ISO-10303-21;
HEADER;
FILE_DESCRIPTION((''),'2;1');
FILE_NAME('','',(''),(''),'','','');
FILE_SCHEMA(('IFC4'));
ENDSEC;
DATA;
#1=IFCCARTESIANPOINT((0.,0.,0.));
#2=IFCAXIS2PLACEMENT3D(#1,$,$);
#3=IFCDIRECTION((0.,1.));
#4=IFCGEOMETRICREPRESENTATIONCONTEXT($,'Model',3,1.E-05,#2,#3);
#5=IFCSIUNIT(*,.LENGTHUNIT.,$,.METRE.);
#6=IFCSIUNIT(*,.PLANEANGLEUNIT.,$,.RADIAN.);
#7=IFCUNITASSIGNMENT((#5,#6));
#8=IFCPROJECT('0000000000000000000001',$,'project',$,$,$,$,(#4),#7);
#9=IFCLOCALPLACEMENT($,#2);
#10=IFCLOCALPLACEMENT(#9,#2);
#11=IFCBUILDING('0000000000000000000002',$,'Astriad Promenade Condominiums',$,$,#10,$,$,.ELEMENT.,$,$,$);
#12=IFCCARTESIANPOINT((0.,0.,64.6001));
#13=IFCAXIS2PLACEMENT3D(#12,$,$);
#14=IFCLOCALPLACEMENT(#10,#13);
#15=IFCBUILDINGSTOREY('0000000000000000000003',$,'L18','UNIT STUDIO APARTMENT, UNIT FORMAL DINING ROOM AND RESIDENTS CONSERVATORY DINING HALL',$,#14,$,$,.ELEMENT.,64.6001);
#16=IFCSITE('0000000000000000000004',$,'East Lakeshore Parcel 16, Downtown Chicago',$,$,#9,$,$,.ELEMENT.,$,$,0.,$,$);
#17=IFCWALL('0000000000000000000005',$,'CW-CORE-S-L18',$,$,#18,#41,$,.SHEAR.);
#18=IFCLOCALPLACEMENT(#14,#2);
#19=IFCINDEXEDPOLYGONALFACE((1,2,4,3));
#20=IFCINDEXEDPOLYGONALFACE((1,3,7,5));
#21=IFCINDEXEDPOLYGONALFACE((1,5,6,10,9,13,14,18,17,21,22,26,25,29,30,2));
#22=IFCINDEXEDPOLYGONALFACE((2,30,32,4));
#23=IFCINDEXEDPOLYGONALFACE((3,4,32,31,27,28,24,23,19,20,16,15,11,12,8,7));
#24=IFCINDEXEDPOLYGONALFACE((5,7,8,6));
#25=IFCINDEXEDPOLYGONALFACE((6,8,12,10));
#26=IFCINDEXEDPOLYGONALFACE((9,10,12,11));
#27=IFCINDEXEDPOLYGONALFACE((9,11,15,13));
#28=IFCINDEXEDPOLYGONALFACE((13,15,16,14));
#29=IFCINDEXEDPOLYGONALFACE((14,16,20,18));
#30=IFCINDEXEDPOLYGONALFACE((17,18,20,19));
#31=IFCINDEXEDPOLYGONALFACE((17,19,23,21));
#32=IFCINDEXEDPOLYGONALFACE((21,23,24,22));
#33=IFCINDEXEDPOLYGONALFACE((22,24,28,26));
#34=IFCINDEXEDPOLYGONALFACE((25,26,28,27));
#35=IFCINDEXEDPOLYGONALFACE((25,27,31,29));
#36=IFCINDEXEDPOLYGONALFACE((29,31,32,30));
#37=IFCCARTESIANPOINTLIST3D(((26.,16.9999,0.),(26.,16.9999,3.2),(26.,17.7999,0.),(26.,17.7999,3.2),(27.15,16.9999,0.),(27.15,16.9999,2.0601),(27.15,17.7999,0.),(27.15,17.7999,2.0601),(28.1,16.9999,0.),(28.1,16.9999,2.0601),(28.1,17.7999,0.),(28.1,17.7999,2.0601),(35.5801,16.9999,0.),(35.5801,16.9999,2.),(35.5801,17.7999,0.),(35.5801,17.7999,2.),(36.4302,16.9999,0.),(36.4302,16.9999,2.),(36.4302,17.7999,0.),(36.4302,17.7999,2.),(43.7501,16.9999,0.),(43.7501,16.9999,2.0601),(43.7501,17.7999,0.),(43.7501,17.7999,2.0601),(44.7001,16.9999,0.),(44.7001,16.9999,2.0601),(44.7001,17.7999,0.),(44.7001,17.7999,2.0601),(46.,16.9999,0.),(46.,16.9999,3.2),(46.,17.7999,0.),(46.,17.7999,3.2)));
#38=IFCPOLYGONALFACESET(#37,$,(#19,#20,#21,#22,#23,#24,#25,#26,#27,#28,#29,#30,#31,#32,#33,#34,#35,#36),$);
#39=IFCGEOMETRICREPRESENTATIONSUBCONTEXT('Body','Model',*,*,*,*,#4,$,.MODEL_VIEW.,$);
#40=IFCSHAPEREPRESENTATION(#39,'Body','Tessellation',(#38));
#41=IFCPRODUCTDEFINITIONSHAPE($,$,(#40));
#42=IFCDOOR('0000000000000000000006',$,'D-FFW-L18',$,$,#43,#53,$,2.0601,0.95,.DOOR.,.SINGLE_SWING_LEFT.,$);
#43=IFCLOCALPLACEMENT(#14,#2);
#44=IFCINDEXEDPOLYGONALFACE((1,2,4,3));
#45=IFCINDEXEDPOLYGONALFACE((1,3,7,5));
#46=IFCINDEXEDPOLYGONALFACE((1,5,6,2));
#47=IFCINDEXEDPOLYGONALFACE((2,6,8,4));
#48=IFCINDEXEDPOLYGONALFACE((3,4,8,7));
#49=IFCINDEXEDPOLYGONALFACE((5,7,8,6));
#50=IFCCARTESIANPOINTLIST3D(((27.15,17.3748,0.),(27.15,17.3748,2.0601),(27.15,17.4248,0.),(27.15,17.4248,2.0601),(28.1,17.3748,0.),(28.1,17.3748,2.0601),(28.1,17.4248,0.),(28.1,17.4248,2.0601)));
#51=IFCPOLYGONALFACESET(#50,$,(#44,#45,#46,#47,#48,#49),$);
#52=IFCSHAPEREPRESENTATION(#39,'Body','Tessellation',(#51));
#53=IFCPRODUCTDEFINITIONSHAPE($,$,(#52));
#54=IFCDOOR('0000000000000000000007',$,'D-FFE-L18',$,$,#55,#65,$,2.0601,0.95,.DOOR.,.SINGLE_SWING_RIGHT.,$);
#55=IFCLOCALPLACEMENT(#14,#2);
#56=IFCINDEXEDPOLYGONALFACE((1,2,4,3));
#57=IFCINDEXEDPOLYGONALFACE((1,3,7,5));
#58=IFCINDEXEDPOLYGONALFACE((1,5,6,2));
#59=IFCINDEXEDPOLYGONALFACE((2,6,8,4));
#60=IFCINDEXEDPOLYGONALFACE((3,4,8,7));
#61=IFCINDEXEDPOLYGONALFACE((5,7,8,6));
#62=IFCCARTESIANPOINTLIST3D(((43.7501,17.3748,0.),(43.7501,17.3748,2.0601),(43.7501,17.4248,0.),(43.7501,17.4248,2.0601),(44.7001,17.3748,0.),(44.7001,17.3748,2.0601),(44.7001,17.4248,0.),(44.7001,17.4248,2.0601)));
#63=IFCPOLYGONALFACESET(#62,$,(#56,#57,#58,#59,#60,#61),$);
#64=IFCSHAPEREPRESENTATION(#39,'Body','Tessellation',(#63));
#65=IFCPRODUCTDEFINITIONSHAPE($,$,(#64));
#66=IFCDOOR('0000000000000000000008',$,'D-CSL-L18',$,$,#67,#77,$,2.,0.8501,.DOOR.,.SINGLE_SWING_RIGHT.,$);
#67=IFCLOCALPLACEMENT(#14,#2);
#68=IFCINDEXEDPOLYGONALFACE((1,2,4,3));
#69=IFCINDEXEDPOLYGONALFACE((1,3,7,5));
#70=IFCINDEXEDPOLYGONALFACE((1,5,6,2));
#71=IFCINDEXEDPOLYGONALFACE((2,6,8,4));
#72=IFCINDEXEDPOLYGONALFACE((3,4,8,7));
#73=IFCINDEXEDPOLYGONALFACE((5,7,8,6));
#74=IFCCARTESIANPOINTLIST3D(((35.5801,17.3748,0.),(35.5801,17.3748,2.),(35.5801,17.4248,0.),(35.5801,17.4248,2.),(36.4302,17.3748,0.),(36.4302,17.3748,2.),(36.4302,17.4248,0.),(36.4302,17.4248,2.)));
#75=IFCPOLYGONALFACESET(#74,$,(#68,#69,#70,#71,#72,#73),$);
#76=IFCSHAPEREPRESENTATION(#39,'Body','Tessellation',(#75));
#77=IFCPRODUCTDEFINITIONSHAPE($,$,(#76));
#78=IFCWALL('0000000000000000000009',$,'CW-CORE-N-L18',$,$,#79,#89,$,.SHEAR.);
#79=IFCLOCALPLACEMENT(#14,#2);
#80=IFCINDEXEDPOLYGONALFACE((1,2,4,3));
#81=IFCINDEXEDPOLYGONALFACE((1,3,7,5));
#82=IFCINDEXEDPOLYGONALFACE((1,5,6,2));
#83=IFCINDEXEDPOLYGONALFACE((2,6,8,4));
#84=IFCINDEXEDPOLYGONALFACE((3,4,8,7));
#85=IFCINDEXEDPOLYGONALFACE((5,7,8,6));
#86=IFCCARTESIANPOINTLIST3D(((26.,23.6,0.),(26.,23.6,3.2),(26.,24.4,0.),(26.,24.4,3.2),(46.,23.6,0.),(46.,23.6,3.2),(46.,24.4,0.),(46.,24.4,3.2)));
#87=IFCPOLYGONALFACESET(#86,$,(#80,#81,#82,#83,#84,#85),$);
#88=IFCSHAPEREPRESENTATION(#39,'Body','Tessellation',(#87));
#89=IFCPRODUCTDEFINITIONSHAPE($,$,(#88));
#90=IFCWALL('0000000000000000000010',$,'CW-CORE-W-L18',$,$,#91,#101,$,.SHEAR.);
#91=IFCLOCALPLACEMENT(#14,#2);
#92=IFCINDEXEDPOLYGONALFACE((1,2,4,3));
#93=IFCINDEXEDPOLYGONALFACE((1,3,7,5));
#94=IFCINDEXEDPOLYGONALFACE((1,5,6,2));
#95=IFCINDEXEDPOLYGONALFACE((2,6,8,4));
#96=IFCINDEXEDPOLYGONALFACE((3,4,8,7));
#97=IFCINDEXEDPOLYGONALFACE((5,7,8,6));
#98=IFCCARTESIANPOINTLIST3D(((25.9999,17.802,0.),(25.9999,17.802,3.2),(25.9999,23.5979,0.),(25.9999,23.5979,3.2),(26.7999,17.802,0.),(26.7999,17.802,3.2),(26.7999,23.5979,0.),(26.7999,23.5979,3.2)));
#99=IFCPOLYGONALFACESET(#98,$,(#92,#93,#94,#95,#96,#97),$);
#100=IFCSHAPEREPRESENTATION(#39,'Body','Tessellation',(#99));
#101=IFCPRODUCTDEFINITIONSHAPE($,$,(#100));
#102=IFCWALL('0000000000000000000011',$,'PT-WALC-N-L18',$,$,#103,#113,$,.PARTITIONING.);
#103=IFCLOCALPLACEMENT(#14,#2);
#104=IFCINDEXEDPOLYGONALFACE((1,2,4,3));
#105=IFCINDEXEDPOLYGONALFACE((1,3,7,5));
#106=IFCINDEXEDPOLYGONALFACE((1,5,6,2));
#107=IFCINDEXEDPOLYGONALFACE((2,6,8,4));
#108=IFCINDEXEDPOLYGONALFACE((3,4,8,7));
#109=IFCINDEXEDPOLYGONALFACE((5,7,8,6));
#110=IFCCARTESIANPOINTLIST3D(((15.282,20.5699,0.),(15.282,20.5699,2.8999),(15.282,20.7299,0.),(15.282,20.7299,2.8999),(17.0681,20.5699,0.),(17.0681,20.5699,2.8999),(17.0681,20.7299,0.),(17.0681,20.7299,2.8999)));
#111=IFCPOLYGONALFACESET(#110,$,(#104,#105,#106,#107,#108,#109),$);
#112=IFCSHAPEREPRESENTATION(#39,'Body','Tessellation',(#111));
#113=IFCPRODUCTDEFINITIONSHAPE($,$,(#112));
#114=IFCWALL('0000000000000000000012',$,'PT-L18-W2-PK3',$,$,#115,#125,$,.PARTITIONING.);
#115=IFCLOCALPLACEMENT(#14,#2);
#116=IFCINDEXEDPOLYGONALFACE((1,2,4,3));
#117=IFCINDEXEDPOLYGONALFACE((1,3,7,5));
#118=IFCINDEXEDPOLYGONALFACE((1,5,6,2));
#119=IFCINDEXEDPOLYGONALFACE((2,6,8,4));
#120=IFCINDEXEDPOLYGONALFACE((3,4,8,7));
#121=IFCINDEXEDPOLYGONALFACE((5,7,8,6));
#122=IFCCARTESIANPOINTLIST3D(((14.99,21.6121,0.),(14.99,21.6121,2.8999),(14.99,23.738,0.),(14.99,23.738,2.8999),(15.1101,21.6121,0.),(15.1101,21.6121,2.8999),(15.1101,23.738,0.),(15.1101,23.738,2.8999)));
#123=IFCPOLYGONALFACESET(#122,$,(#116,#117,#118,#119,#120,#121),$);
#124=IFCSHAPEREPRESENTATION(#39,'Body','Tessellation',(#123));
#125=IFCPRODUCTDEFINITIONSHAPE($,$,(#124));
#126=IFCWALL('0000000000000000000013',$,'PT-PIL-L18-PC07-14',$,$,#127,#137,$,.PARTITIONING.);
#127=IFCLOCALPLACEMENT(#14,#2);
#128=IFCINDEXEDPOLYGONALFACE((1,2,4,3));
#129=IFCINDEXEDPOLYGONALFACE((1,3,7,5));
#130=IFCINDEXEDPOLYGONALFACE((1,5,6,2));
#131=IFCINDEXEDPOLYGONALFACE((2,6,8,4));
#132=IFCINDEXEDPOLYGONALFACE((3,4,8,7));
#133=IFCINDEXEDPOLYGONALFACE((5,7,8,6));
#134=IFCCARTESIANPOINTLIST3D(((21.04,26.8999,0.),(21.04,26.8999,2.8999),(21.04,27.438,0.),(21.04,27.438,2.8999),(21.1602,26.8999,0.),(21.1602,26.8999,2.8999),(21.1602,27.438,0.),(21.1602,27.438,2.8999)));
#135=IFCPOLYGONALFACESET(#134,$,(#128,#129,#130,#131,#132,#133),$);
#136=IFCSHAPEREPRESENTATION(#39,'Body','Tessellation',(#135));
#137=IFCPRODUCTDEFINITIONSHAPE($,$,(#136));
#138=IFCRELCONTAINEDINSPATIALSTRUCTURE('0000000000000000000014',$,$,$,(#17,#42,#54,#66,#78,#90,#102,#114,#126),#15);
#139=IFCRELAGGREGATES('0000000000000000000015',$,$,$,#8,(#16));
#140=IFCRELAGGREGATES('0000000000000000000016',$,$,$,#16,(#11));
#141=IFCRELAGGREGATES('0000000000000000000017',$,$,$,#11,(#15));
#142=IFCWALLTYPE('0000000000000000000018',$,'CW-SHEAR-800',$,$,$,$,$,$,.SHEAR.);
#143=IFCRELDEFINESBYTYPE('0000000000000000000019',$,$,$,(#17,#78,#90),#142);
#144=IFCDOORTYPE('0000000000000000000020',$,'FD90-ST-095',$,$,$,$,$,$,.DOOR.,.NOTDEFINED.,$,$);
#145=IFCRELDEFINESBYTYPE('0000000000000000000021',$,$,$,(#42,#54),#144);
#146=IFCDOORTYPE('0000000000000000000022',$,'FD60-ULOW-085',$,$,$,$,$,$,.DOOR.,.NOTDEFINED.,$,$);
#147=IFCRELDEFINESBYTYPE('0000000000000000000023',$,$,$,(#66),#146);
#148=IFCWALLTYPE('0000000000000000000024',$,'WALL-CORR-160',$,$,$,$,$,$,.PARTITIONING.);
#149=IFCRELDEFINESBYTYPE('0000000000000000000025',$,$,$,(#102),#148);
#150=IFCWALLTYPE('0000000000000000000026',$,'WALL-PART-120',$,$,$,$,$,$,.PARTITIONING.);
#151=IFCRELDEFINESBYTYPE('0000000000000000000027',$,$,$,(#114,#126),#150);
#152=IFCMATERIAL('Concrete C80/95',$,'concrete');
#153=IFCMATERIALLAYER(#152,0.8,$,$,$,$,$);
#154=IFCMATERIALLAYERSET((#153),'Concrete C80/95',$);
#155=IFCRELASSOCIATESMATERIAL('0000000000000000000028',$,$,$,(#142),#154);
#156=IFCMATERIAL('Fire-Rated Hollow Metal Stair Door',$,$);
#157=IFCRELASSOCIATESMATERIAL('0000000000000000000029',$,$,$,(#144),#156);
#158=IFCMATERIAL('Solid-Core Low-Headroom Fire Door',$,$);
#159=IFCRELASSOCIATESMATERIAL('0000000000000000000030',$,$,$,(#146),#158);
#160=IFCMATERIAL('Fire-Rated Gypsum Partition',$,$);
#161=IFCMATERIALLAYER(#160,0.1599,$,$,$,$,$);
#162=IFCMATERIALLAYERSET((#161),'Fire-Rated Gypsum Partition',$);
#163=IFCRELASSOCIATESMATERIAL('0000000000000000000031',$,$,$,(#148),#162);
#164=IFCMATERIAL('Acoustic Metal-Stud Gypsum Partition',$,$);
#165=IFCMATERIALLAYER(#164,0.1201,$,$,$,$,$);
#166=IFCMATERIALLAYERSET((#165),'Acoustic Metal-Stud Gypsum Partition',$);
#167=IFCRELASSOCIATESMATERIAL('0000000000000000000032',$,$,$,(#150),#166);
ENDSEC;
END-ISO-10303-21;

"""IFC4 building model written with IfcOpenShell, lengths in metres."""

from ifc_helpers import new_model, si_unit, direction, frame, frame_2d, origin, place, context, subcontext, project, spatial, rectangle, extrude, source, transform, mapped, material, layer, layer_set, type_object, type_shapes, element, fill, save


model = new_model("IFC4")

# Units and contexts
model_context = context("Model", 3, precision=1e-05, world=origin(), true_north=direction((0.0, 1.0)))
body_context = subcontext(model_context, "Body", "Model", "MODEL_VIEW")
ifc_project = project(units=[si_unit("LENGTHUNIT", "METRE"), si_unit("PLANEANGLEUNIT", "RADIAN")], contexts=[model_context])

# Site, building, storey
site_placement = place(None, origin())
site = spatial("IfcSite", under=ifc_project, at=site_placement, Name="East Lakeshore Parcel 16, Downtown Chicago", CompositionType="ELEMENT", RefElevation=0.0)
building_placement = place(site_placement, origin())
building = spatial("IfcBuilding", under=site, at=building_placement, Name="Astriad Promenade Condominiums", CompositionType="ELEMENT")
storey_placement = place(building_placement, frame((0.0, 0.0, 64.6001)))
storey = spatial("IfcBuildingStorey", under=building, at=storey_placement, Name="L18", Description="UNIT STUDIO APARTMENT, UNIT FORMAL DINING ROOM AND RESIDENTS CONSERVATORY DINING HALL", CompositionType="ELEMENT", Elevation=64.6001)

# Shared definitions
ifc_material_1 = material(Name="Concrete C80/95", Category="concrete")

# Wall, openings, doors
ifc_layer_1 = layer(ifc_material_1, 0.8)
ifc_layer_set_1 = layer_set([ifc_layer_1], Name="Concrete C80/95")
wall_type_1 = type_object("IfcWallType", Name="CW-SHEAR-800", PredefinedType="SHEAR", material=ifc_layer_set_1)
wall_1_placement = place(storey_placement, frame((26.0, 17.3999, 0.0), z_axis=(0.0, 0.0, 1.0), x_axis=(1.0, 0.0, 0.0)))
wall_1 = element("IfcWall", 1, at=wall_1_placement, inside=storey, type_object=wall_type_1, Name="CW-CORE-S-L18", PredefinedType="SHEAR", context=body_context, shape_type="SweptSolid", body=[
    extrude(rectangle(XDim=20.0, YDim=0.8, at=frame_2d((10.0, 0.0))), origin(), (0.0, 0.0, 1.0), 3.2),
])
opening_1_placement = place(wall_1_placement, frame((1.1499, 0.0, 0.0)))
opening_1 = element("IfcOpeningElement", 2, at=opening_1_placement, cuts=wall_1, PredefinedType="OPENING", context=body_context, shape_type="SweptSolid", body=[
    extrude(rectangle(XDim=0.95, YDim=2.0601, at=frame_2d((0.4751, 1.03))), frame((0.0, 0.4099, 0.0), z_axis=(0.0, -1.0, 0.0), x_axis=(1.0, 0.0, 0.0)), (0.0, 0.0, 1.0), 0.8201),
])
opening_2_placement = place(wall_1_placement, frame((9.5801, 0.0, 0.0)))
opening_2 = element("IfcOpeningElement", 3, at=opening_2_placement, cuts=wall_1, PredefinedType="OPENING", context=body_context, shape_type="SweptSolid", body=[
    extrude(rectangle(XDim=0.8501, YDim=2.0, at=frame_2d((0.425, 1.0))), frame((0.0, 0.4099, 0.0), z_axis=(0.0, -1.0, 0.0), x_axis=(1.0, 0.0, 0.0)), (0.0, 0.0, 1.0), 0.8201),
])
opening_3_placement = place(wall_1_placement, frame((17.75, 0.0, 0.0)))
opening_3 = element("IfcOpeningElement", 4, at=opening_3_placement, cuts=wall_1, PredefinedType="OPENING", context=body_context, shape_type="SweptSolid", body=[
    extrude(rectangle(XDim=0.95, YDim=2.0601, at=frame_2d((0.4751, 1.03))), frame((0.0, 0.4099, 0.0), z_axis=(0.0, -1.0, 0.0), x_axis=(1.0, 0.0, 0.0)), (0.0, 0.0, 1.0), 0.8201),
])
ifc_material_2 = material(Name="Fire-Rated Hollow Metal Stair Door")
door_type_1 = type_object("IfcDoorType", Name="FD90-ST-095", OperationType="NOTDEFINED", PredefinedType="DOOR", material=ifc_material_2)
shared_shape_1 = source(origin(), body_context, "Body", "SweptSolid", [
    extrude(rectangle(XDim=0.95, YDim=2.0601, at=frame_2d((0.4751, 1.03))), frame((0.0, 0.0249, 0.0), z_axis=(0.0, -1.0, 0.0), x_axis=(1.0, 0.0, 0.0)), (0.0, 0.0, 1.0), 0.05),
])
type_shapes(door_type_1, [shared_shape_1])
door_1_placement = place(opening_1_placement, origin())
door_1 = element("IfcDoor", 5, at=door_1_placement, inside=storey, type_object=door_type_1, Name="D-FFW-L18", OperationType="SINGLE_SWING_LEFT", OverallHeight=2.0601, OverallWidth=0.95, PredefinedType="DOOR", context=body_context, shape_type="MappedRepresentation", body=[
    mapped(shared_shape_1, transform((0.0, 0.0, 0.0), scale=1.0)),
])
fill(opening_1, door_1)
door_2_placement = place(opening_3_placement, origin())
door_2 = element("IfcDoor", 6, at=door_2_placement, inside=storey, type_object=door_type_1, Name="D-FFE-L18", OperationType="SINGLE_SWING_RIGHT", OverallHeight=2.0601, OverallWidth=0.95, PredefinedType="DOOR", context=body_context, shape_type="MappedRepresentation", body=[
    mapped(shared_shape_1, transform((0.0, 0.0, 0.0), scale=1.0)),
])
fill(opening_3, door_2)
ifc_material_3 = material(Name="Solid-Core Low-Headroom Fire Door")
door_type_2 = type_object("IfcDoorType", Name="FD60-ULOW-085", OperationType="NOTDEFINED", PredefinedType="DOOR", material=ifc_material_3)
shared_shape_2 = source(origin(), body_context, "Body", "SweptSolid", [
    extrude(rectangle(XDim=0.8501, YDim=2.0, at=frame_2d((0.425, 1.0))), frame((0.0, 0.0249, 0.0), z_axis=(0.0, -1.0, 0.0), x_axis=(1.0, 0.0, 0.0)), (0.0, 0.0, 1.0), 0.05),
])
type_shapes(door_type_2, [shared_shape_2])
door_3_placement = place(opening_2_placement, origin())
door_3 = element("IfcDoor", 7, at=door_3_placement, inside=storey, type_object=door_type_2, Name="D-CSL-L18", OperationType="SINGLE_SWING_RIGHT", OverallHeight=2.0, OverallWidth=0.8501, PredefinedType="DOOR", context=body_context, shape_type="MappedRepresentation", body=[
    mapped(shared_shape_2, transform((0.0, 0.0, 0.0), scale=1.0)),
])
fill(opening_2, door_3)

# Walls
wall_2_placement = place(storey_placement, frame((26.0, 24.0, 0.0), z_axis=(0.0, 0.0, 1.0), x_axis=(1.0, 0.0, 0.0)))
element("IfcWall", 8, at=wall_2_placement, inside=storey, type_object=wall_type_1, Name="CW-CORE-N-L18", PredefinedType="SHEAR", context=body_context, shape_type="SweptSolid", body=[
    extrude(rectangle(XDim=20.0, YDim=0.8, at=frame_2d((10.0, 0.0))), origin(), (0.0, 0.0, 1.0), 3.2),
])
wall_3_placement = place(storey_placement, frame((26.3999, 17.802, 0.0), z_axis=(0.0, 0.0, 1.0), x_axis=(0.0, 1.0, 0.0)))
element("IfcWall", 9, at=wall_3_placement, inside=storey, type_object=wall_type_1, Name="CW-CORE-W-L18", PredefinedType="SHEAR", context=body_context, shape_type="SweptSolid", body=[
    extrude(rectangle(XDim=5.7959, YDim=0.8, at=frame_2d((2.8979, 0.0))), origin(), (0.0, 0.0, 1.0), 3.2),
])
ifc_material_4 = material(Name="Fire-Rated Gypsum Partition")
ifc_layer_2 = layer(ifc_material_4, 0.1599)
ifc_layer_set_2 = layer_set([ifc_layer_2], Name="Fire-Rated Gypsum Partition")
wall_type_2 = type_object("IfcWallType", Name="WALL-CORR-160", PredefinedType="PARTITIONING", material=ifc_layer_set_2)
wall_4_placement = place(storey_placement, frame((15.282, 20.6499, 0.0), z_axis=(0.0, 0.0, 1.0), x_axis=(1.0, 0.0, 0.0)))
element("IfcWall", 10, at=wall_4_placement, inside=storey, type_object=wall_type_2, Name="PT-WALC-N-L18", PredefinedType="PARTITIONING", context=body_context, shape_type="SweptSolid", body=[
    extrude(rectangle(XDim=1.7861, YDim=0.1599, at=frame_2d((0.8931, 0.0))), origin(), (0.0, 0.0, 1.0), 2.8999),
])
ifc_material_5 = material(Name="Acoustic Metal-Stud Gypsum Partition")
ifc_layer_3 = layer(ifc_material_5, 0.1201)
ifc_layer_set_3 = layer_set([ifc_layer_3], Name="Acoustic Metal-Stud Gypsum Partition")
wall_type_3 = type_object("IfcWallType", Name="WALL-PART-120", PredefinedType="PARTITIONING", material=ifc_layer_set_3)
wall_5_placement = place(storey_placement, frame((15.05, 21.6121, 0.0), z_axis=(0.0, 0.0, 1.0), x_axis=(0.0, 1.0, 0.0)))
element("IfcWall", 11, at=wall_5_placement, inside=storey, type_object=wall_type_3, Name="PT-L18-W2-PK3", PredefinedType="PARTITIONING", context=body_context, shape_type="SweptSolid", body=[
    extrude(rectangle(XDim=2.126, YDim=0.1201, at=frame_2d((1.063, 0.0))), origin(), (0.0, 0.0, 1.0), 2.8999),
])
wall_6_placement = place(storey_placement, frame((21.1001, 26.8999, 0.0), z_axis=(0.0, 0.0, 1.0), x_axis=(0.0, 1.0, 0.0)))
element("IfcWall", 12, at=wall_6_placement, inside=storey, type_object=wall_type_3, Name="PT-PIL-L18-PC07-14", PredefinedType="PARTITIONING", context=body_context, shape_type="SweptSolid", body=[
    extrude(rectangle(XDim=0.5381, YDim=0.1201, at=frame_2d((0.269, 0.0))), origin(), (0.0, 0.0, 1.0), 2.8999),
])

save(model, "model.ifc")
